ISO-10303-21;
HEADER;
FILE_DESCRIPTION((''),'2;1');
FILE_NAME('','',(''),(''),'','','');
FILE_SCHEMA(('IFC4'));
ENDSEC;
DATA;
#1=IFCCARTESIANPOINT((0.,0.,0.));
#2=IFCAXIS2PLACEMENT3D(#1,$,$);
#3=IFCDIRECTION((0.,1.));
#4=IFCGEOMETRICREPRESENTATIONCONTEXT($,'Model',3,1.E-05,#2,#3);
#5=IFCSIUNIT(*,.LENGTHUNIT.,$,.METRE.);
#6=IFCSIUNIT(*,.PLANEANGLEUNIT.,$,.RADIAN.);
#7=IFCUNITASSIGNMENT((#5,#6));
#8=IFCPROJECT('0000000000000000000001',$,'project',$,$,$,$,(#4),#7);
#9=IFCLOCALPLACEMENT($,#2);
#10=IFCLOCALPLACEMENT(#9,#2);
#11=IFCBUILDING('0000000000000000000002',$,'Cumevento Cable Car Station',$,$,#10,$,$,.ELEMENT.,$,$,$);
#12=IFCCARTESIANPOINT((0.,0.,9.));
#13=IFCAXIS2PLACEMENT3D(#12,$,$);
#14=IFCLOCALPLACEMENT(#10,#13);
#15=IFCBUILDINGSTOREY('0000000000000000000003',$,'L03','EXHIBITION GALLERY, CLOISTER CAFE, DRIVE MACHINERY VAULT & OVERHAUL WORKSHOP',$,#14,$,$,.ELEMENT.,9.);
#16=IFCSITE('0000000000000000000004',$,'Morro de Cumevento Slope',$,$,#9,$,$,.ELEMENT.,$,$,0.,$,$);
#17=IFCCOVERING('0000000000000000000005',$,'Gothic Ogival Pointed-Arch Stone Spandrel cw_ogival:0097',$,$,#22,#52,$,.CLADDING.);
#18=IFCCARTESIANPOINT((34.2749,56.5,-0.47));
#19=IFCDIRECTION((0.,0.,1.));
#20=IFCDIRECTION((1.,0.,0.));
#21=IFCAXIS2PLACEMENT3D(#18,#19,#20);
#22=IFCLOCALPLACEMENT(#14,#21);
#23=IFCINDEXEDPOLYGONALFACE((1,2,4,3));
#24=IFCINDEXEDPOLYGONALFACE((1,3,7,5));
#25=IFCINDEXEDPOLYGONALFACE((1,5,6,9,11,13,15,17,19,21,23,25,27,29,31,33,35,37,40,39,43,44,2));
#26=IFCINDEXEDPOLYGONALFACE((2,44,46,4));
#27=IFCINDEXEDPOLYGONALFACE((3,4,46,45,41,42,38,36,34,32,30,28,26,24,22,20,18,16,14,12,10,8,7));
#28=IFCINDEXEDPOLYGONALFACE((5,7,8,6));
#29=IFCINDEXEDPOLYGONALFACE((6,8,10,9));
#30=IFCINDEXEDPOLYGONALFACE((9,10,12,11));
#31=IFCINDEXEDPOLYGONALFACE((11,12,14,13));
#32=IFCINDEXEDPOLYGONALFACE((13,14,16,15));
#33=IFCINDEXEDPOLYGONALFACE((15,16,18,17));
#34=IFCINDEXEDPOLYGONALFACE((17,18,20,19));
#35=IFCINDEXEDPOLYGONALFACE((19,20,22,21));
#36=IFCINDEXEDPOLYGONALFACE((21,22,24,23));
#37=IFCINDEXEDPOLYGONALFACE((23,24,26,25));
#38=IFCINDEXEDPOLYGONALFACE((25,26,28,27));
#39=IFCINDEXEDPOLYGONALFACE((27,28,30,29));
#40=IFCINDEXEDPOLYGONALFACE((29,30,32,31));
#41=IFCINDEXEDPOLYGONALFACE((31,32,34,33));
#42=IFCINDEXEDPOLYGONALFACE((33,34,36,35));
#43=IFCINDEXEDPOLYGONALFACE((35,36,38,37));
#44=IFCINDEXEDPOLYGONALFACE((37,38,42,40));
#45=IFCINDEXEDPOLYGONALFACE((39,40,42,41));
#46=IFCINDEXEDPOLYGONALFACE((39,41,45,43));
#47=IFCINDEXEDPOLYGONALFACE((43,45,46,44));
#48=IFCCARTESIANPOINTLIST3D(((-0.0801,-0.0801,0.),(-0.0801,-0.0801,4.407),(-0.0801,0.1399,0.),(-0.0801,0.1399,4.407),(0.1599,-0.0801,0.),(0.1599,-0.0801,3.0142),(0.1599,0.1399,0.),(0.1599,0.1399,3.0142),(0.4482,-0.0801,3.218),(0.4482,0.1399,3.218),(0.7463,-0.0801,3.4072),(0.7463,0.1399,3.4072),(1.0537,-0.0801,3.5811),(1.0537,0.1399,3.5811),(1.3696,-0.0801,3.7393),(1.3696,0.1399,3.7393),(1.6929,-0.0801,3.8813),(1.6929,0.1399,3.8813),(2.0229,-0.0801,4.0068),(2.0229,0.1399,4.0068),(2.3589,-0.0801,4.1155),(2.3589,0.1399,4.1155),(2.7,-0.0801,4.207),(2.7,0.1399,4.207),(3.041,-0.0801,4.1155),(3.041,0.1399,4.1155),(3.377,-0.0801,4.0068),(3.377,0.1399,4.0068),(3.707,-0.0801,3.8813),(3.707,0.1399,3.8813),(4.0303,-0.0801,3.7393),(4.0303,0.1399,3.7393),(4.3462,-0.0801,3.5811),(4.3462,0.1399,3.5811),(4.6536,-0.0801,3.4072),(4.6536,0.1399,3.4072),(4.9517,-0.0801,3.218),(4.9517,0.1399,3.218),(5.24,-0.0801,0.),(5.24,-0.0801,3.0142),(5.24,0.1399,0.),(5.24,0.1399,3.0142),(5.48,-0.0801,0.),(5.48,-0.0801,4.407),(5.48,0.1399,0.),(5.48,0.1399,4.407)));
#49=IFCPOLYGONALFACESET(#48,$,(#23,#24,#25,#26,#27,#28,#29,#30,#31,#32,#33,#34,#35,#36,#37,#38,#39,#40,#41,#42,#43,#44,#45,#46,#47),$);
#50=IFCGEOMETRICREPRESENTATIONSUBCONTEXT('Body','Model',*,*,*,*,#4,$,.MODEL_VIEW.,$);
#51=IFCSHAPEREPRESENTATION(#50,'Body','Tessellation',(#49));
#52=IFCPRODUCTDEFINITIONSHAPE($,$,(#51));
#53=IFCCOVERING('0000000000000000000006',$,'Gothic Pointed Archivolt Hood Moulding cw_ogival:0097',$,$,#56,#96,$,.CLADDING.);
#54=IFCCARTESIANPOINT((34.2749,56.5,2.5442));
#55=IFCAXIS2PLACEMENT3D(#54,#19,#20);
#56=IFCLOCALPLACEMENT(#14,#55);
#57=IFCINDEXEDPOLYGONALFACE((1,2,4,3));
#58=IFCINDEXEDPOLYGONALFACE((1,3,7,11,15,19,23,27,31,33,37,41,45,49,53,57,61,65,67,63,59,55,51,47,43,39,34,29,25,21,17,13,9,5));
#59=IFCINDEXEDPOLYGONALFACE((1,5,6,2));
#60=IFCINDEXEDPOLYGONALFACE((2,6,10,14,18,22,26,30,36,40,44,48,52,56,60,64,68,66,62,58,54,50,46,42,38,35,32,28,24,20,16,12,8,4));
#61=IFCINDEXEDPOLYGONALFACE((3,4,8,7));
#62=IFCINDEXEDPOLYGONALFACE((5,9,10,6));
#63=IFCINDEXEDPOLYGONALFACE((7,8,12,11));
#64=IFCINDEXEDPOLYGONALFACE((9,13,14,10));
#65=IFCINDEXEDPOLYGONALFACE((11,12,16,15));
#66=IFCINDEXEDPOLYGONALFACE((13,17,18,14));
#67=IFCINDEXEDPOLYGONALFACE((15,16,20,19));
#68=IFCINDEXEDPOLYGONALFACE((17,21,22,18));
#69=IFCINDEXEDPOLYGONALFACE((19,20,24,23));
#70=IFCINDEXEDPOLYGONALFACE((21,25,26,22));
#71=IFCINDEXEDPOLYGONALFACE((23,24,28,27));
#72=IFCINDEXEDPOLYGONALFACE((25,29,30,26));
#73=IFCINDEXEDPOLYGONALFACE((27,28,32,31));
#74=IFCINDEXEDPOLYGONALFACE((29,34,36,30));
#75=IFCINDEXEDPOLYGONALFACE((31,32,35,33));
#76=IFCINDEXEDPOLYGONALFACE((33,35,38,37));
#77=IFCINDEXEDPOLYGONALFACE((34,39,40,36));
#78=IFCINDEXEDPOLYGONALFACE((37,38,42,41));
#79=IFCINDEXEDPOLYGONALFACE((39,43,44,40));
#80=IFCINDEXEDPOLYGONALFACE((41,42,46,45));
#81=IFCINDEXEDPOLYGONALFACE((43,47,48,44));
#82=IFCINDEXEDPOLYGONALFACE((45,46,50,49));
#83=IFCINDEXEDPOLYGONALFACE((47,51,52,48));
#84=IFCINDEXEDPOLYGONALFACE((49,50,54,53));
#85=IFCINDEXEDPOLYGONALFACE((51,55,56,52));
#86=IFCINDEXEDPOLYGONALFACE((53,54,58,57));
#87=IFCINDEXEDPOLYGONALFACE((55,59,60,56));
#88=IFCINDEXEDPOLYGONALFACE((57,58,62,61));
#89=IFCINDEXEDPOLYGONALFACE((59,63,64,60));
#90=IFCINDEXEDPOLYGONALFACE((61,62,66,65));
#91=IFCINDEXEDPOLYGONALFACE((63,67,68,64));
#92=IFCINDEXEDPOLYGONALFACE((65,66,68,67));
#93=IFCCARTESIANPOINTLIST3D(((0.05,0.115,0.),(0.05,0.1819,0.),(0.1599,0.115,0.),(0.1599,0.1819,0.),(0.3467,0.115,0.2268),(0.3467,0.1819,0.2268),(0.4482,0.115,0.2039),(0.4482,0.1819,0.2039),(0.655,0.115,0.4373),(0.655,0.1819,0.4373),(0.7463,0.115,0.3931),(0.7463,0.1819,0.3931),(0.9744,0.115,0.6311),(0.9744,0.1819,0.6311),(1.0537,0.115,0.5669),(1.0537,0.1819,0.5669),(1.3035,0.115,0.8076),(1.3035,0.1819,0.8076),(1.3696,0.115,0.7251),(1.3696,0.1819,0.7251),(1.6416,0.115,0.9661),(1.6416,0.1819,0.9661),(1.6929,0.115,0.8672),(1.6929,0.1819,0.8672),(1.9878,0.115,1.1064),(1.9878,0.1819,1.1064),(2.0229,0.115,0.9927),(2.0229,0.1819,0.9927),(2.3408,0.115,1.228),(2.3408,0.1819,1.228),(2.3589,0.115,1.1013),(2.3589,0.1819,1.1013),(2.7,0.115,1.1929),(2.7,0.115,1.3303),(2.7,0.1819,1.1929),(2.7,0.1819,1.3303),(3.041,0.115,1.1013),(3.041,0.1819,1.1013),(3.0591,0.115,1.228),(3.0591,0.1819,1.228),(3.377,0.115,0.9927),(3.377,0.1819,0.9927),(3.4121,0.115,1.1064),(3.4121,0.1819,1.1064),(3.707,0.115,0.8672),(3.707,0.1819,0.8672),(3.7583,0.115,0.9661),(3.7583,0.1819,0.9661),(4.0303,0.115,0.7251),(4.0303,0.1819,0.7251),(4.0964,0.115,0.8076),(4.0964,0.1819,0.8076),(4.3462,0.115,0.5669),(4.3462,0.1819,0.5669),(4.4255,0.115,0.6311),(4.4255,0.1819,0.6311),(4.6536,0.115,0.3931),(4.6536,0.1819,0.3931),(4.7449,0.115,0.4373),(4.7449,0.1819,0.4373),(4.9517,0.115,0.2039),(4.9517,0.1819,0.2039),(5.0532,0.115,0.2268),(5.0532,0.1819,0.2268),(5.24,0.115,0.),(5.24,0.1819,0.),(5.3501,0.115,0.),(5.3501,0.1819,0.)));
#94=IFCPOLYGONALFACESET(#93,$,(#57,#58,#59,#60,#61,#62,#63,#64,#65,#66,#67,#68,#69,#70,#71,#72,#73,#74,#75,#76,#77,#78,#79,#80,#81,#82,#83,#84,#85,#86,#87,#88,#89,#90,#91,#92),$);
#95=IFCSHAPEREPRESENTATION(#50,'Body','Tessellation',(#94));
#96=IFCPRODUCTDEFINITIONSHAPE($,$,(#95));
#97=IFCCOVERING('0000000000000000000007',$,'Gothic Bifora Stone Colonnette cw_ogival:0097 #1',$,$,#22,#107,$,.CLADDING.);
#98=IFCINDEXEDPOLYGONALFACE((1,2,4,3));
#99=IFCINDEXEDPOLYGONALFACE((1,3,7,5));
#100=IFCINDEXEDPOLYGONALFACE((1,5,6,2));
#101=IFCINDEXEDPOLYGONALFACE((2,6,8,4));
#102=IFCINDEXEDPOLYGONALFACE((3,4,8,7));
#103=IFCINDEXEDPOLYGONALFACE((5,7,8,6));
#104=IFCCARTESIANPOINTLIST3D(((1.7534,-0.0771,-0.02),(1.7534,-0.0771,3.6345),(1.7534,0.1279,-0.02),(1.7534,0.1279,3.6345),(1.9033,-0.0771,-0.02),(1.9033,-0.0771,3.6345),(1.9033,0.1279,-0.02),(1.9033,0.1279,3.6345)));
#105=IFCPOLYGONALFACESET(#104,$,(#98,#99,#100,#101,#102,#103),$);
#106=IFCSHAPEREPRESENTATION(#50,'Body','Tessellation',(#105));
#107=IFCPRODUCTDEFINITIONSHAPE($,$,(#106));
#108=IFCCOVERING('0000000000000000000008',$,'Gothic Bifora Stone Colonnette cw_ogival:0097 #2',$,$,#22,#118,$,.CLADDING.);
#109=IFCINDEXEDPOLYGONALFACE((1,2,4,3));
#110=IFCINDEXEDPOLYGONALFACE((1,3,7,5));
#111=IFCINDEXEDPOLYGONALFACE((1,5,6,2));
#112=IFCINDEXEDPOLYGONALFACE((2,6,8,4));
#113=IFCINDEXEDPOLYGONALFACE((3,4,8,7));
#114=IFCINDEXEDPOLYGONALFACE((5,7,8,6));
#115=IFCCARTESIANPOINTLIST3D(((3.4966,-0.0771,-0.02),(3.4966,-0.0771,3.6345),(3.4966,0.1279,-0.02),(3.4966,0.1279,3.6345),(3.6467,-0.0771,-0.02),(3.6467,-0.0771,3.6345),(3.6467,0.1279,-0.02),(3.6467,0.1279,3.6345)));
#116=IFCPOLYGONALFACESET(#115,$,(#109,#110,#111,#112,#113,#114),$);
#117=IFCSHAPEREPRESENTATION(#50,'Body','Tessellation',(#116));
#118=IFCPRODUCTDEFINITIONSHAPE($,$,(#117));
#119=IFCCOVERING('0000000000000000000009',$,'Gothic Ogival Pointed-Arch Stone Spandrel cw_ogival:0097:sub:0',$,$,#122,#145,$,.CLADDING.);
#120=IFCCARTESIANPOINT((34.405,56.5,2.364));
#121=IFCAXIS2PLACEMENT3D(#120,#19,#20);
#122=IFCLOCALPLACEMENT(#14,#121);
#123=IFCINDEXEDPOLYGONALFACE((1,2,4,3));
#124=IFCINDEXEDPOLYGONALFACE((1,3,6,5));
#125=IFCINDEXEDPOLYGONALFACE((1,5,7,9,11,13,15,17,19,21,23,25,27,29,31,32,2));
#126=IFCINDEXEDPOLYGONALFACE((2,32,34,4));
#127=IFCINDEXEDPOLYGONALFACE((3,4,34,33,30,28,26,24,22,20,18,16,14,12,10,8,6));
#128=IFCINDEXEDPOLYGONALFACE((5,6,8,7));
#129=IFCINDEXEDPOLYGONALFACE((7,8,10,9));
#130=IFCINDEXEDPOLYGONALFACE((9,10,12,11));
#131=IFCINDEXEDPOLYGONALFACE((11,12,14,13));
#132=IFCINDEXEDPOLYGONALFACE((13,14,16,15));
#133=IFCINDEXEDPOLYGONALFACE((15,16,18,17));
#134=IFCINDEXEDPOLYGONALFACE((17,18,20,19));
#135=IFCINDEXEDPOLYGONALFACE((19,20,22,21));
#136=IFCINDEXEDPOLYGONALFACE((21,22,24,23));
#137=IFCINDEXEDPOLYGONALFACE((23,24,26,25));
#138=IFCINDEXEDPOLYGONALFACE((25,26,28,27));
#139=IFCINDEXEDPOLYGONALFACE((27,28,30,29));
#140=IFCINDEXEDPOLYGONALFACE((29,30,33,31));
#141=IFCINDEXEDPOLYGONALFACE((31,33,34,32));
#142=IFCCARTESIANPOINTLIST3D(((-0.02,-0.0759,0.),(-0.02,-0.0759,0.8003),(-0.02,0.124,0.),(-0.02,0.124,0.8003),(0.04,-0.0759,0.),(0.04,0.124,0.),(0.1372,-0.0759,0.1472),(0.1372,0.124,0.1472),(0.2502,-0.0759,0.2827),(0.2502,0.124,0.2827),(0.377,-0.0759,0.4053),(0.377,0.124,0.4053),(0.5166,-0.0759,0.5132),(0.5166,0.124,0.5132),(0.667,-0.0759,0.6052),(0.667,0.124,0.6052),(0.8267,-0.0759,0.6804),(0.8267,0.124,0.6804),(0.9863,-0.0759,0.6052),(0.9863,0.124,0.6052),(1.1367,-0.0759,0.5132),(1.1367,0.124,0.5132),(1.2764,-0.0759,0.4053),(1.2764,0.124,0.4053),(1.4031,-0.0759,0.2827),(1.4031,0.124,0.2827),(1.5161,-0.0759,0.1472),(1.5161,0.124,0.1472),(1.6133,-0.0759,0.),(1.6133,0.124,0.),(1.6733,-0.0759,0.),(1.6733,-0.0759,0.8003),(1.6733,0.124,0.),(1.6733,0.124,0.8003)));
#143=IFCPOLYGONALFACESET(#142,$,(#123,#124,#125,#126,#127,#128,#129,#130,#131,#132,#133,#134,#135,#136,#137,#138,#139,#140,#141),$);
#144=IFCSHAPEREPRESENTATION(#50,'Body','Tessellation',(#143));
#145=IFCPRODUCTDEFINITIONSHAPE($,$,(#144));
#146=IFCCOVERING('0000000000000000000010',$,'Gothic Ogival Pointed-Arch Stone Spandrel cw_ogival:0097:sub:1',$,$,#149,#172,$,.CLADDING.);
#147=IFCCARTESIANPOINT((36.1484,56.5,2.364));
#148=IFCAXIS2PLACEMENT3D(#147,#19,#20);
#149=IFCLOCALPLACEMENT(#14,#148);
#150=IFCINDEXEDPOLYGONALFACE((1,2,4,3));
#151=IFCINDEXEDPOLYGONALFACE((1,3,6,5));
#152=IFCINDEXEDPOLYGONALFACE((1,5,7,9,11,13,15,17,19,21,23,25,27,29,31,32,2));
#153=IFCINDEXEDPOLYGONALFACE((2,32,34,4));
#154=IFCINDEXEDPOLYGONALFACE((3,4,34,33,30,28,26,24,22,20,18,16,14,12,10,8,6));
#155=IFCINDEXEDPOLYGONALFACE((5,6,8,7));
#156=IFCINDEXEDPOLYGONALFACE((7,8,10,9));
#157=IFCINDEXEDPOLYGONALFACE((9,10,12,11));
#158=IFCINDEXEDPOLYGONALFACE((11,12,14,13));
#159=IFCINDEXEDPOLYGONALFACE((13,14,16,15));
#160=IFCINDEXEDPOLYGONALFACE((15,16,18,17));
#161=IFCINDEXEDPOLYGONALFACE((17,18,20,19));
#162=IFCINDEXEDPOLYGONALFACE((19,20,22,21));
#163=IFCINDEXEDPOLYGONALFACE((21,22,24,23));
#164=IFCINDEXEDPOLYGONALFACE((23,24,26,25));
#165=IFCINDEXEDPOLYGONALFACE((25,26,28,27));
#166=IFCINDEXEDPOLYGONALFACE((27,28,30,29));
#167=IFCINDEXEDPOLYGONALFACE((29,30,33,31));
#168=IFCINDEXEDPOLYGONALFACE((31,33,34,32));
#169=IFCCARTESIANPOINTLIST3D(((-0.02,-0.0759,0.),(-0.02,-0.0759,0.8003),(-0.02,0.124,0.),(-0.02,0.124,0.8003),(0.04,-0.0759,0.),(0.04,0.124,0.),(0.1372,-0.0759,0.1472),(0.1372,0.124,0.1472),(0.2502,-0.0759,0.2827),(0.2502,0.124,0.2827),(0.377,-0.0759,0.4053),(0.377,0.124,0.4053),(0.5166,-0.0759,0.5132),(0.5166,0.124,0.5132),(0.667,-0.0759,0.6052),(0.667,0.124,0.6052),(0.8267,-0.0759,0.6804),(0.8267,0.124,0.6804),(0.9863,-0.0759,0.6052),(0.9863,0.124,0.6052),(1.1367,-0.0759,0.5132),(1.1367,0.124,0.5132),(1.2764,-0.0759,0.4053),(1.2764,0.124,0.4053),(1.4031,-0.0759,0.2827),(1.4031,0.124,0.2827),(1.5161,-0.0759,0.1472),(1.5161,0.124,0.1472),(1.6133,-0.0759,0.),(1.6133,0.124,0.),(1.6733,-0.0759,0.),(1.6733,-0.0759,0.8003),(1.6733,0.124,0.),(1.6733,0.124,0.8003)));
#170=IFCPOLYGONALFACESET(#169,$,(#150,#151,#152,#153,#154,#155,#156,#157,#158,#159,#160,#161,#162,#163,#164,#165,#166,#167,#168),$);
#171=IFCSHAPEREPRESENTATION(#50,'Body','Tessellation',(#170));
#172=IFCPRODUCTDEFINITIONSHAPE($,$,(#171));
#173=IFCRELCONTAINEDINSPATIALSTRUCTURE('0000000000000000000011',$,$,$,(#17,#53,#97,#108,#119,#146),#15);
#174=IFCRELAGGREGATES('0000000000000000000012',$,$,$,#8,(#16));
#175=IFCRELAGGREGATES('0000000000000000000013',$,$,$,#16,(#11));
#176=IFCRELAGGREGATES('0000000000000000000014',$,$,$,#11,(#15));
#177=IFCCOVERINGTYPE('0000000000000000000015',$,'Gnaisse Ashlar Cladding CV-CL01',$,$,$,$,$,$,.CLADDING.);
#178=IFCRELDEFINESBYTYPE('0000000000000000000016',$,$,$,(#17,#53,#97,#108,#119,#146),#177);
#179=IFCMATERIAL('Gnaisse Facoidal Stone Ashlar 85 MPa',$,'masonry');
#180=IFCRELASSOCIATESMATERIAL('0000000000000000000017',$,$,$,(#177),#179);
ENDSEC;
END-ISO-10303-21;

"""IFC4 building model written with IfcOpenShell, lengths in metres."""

from ifc_helpers import new_model, si_unit, direction, frame, origin, place, context, subcontext, project, spatial, polyline, outline, extrude, material, type_object, element, save


model = new_model("IFC4")

# Units and contexts
model_context = context("Model", 3, precision=1e-05, world=origin(), true_north=direction((0.0, 1.0)))
body_context = subcontext(model_context, "Body", "Model", "MODEL_VIEW")
ifc_project = project(units=[si_unit("LENGTHUNIT", "METRE"), si_unit("PLANEANGLEUNIT", "RADIAN")], contexts=[model_context])

# Site, building, storey
site_placement = place(None, origin())
site = spatial("IfcSite", under=ifc_project, at=site_placement, Name="Morro de Cumevento Slope", CompositionType="ELEMENT", RefElevation=0.0)
building_placement = place(site_placement, origin())
building = spatial("IfcBuilding", under=site, at=building_placement, Name="Cumevento Cable Car Station", CompositionType="ELEMENT")
storey_placement = place(building_placement, frame((0.0, 0.0, 9.0)))
storey = spatial("IfcBuildingStorey", under=building, at=storey_placement, Name="L03", Description="EXHIBITION GALLERY, CLOISTER CAFE, DRIVE MACHINERY VAULT & OVERHAUL WORKSHOP", CompositionType="ELEMENT", Elevation=9.0)

# Coverings
ifc_material_1 = material(Name="Gnaisse Facoidal Stone Ashlar 85 MPa", Category="masonry")
covering_type = type_object("IfcCoveringType", Name="Gnaisse Ashlar Cladding CV-CL01", PredefinedType="CLADDING", material=ifc_material_1)
placement = place(storey_placement, frame((34.2749, 56.5, -0.47), z_axis=(0.0, 0.0, 1.0), x_axis=(1.0, 0.0, 0.0)))
element("IfcCovering", 1, at=placement, inside=storey, type_object=covering_type, Name="Gothic Ogival Pointed-Arch Stone Spandrel cw_ogival:0097", PredefinedType="CLADDING", context=body_context, shape_type="SweptSolid", body=[
    extrude(outline(polyline([(-0.0801, 0.0), (-0.0801, 4.407), (5.48, 4.407), (5.48, 0.0), (5.24, 0.0), (5.24, 3.0142), (4.9517, 3.218), (4.6536, 3.4072), (4.3462, 3.5811), (4.0303, 3.7393), (3.707, 3.8813), (3.377, 4.0068), (3.041, 4.1155), (2.7, 4.207), (2.3589, 4.1155), (2.0229, 4.0068), (1.6929, 3.8813), (1.3696, 3.7393), (1.0537, 3.5811), (0.7463, 3.4072), (0.4482, 3.218), (0.1599, 3.0142), (0.1599, 0.0), (-0.0801, 0.0)])), frame((0.0, 0.1399, 0.0), z_axis=(0.0, -1.0, 0.0), x_axis=(1.0, 0.0, 0.0)), (0.0, 0.0, 1.0), 0.22),
])
covering_1_placement = place(storey_placement, frame((34.2749, 56.5, 2.5442), z_axis=(0.0, 0.0, 1.0), x_axis=(1.0, 0.0, 0.0)))
element("IfcCovering", 2, at=covering_1_placement, inside=storey, type_object=covering_type, Name="Gothic Pointed Archivolt Hood Moulding cw_ogival:0097", PredefinedType="CLADDING", context=body_context, shape_type="SweptSolid", body=[
    extrude(outline(polyline([(0.1599, 0.0), (0.4482, 0.2039), (0.7463, 0.3931), (1.0537, 0.5669), (1.3696, 0.7251), (1.6929, 0.8672), (2.0229, 0.9927), (2.3589, 1.1013), (2.7, 1.1929), (3.041, 1.1013), (3.377, 0.9927), (3.707, 0.8672), (4.0303, 0.7251), (4.3462, 0.5669), (4.6536, 0.3931), (4.9517, 0.2039), (5.24, 0.0), (5.3501, 0.0), (5.0532, 0.2268), (4.7449, 0.4373), (4.4255, 0.6311), (4.0964, 0.8076), (3.7583, 0.9661), (3.4121, 1.1064), (3.0591, 1.228), (2.7, 1.3303), (2.3408, 1.228), (1.9878, 1.1064), (1.6416, 0.9661), (1.3035, 0.8076), (0.9744, 0.6311), (0.655, 0.4373), (0.3467, 0.2268), (0.05, 0.0), (0.1599, 0.0)])), frame((0.0, 0.1819, 0.0), z_axis=(0.0, -1.0, 0.0), x_axis=(1.0, 0.0, 0.0)), (0.0, 0.0, 1.0), 0.0669),
])
element("IfcCovering", 3, at=placement, inside=storey, type_object=covering_type, Name="Gothic Bifora Stone Colonnette cw_ogival:0097 #1", PredefinedType="CLADDING", context=body_context, shape_type="SweptSolid", body=[
    extrude(outline(polyline([(1.7534, -0.02), (1.9033, -0.02), (1.9033, 3.6345), (1.7534, 3.6345), (1.7534, -0.02)])), frame((0.0, 0.1279, 0.0), z_axis=(0.0, -1.0, 0.0), x_axis=(1.0, 0.0, 0.0)), (0.0, 0.0, 1.0), 0.2051),
])
element("IfcCovering", 4, at=placement, inside=storey, type_object=covering_type, Name="Gothic Bifora Stone Colonnette cw_ogival:0097 #2", PredefinedType="CLADDING", context=body_context, shape_type="SweptSolid", body=[
    extrude(outline(polyline([(3.4966, -0.02), (3.6467, -0.02), (3.6467, 3.6345), (3.4966, 3.6345), (3.4966, -0.02)])), frame((0.0, 0.1279, 0.0), z_axis=(0.0, -1.0, 0.0), x_axis=(1.0, 0.0, 0.0)), (0.0, 0.0, 1.0), 0.2051),
])
for number, where, z_axis, x_axis, name in (
    (5, (34.405, 56.5, 2.364), (0.0, 0.0, 1.0), (1.0, 0.0, 0.0), "Gothic Ogival Pointed-Arch Stone Spandrel cw_ogival:0097:sub:0"),
    (6, (36.1484, 56.5, 2.364), (0.0, 0.0, 1.0), (1.0, 0.0, 0.0), "Gothic Ogival Pointed-Arch Stone Spandrel cw_ogival:0097:sub:1"),
):
    element("IfcCovering", number, at=place(storey_placement, frame(where, z_axis=z_axis, x_axis=x_axis)), inside=storey, type_object=covering_type, Name=name, PredefinedType="CLADDING", context=body_context, shape_type="SweptSolid", body=[
        extrude(outline(polyline([(-0.02, 0.0), (-0.02, 0.8003), (1.6733, 0.8003), (1.6733, 0.0), (1.6133, 0.0), (1.5161, 0.1472), (1.4031, 0.2827), (1.2764, 0.4053), (1.1367, 0.5132), (0.9863, 0.6052), (0.8267, 0.6804), (0.667, 0.6052), (0.5166, 0.5132), (0.377, 0.4053), (0.2502, 0.2827), (0.1372, 0.1472), (0.04, 0.0), (-0.02, 0.0)])), frame((0.0, 0.124, 0.0), z_axis=(0.0, -1.0, 0.0), x_axis=(1.0, 0.0, 0.0)), (0.0, 0.0, 1.0), 0.2),
    ])

save(model, "model.ifc")
